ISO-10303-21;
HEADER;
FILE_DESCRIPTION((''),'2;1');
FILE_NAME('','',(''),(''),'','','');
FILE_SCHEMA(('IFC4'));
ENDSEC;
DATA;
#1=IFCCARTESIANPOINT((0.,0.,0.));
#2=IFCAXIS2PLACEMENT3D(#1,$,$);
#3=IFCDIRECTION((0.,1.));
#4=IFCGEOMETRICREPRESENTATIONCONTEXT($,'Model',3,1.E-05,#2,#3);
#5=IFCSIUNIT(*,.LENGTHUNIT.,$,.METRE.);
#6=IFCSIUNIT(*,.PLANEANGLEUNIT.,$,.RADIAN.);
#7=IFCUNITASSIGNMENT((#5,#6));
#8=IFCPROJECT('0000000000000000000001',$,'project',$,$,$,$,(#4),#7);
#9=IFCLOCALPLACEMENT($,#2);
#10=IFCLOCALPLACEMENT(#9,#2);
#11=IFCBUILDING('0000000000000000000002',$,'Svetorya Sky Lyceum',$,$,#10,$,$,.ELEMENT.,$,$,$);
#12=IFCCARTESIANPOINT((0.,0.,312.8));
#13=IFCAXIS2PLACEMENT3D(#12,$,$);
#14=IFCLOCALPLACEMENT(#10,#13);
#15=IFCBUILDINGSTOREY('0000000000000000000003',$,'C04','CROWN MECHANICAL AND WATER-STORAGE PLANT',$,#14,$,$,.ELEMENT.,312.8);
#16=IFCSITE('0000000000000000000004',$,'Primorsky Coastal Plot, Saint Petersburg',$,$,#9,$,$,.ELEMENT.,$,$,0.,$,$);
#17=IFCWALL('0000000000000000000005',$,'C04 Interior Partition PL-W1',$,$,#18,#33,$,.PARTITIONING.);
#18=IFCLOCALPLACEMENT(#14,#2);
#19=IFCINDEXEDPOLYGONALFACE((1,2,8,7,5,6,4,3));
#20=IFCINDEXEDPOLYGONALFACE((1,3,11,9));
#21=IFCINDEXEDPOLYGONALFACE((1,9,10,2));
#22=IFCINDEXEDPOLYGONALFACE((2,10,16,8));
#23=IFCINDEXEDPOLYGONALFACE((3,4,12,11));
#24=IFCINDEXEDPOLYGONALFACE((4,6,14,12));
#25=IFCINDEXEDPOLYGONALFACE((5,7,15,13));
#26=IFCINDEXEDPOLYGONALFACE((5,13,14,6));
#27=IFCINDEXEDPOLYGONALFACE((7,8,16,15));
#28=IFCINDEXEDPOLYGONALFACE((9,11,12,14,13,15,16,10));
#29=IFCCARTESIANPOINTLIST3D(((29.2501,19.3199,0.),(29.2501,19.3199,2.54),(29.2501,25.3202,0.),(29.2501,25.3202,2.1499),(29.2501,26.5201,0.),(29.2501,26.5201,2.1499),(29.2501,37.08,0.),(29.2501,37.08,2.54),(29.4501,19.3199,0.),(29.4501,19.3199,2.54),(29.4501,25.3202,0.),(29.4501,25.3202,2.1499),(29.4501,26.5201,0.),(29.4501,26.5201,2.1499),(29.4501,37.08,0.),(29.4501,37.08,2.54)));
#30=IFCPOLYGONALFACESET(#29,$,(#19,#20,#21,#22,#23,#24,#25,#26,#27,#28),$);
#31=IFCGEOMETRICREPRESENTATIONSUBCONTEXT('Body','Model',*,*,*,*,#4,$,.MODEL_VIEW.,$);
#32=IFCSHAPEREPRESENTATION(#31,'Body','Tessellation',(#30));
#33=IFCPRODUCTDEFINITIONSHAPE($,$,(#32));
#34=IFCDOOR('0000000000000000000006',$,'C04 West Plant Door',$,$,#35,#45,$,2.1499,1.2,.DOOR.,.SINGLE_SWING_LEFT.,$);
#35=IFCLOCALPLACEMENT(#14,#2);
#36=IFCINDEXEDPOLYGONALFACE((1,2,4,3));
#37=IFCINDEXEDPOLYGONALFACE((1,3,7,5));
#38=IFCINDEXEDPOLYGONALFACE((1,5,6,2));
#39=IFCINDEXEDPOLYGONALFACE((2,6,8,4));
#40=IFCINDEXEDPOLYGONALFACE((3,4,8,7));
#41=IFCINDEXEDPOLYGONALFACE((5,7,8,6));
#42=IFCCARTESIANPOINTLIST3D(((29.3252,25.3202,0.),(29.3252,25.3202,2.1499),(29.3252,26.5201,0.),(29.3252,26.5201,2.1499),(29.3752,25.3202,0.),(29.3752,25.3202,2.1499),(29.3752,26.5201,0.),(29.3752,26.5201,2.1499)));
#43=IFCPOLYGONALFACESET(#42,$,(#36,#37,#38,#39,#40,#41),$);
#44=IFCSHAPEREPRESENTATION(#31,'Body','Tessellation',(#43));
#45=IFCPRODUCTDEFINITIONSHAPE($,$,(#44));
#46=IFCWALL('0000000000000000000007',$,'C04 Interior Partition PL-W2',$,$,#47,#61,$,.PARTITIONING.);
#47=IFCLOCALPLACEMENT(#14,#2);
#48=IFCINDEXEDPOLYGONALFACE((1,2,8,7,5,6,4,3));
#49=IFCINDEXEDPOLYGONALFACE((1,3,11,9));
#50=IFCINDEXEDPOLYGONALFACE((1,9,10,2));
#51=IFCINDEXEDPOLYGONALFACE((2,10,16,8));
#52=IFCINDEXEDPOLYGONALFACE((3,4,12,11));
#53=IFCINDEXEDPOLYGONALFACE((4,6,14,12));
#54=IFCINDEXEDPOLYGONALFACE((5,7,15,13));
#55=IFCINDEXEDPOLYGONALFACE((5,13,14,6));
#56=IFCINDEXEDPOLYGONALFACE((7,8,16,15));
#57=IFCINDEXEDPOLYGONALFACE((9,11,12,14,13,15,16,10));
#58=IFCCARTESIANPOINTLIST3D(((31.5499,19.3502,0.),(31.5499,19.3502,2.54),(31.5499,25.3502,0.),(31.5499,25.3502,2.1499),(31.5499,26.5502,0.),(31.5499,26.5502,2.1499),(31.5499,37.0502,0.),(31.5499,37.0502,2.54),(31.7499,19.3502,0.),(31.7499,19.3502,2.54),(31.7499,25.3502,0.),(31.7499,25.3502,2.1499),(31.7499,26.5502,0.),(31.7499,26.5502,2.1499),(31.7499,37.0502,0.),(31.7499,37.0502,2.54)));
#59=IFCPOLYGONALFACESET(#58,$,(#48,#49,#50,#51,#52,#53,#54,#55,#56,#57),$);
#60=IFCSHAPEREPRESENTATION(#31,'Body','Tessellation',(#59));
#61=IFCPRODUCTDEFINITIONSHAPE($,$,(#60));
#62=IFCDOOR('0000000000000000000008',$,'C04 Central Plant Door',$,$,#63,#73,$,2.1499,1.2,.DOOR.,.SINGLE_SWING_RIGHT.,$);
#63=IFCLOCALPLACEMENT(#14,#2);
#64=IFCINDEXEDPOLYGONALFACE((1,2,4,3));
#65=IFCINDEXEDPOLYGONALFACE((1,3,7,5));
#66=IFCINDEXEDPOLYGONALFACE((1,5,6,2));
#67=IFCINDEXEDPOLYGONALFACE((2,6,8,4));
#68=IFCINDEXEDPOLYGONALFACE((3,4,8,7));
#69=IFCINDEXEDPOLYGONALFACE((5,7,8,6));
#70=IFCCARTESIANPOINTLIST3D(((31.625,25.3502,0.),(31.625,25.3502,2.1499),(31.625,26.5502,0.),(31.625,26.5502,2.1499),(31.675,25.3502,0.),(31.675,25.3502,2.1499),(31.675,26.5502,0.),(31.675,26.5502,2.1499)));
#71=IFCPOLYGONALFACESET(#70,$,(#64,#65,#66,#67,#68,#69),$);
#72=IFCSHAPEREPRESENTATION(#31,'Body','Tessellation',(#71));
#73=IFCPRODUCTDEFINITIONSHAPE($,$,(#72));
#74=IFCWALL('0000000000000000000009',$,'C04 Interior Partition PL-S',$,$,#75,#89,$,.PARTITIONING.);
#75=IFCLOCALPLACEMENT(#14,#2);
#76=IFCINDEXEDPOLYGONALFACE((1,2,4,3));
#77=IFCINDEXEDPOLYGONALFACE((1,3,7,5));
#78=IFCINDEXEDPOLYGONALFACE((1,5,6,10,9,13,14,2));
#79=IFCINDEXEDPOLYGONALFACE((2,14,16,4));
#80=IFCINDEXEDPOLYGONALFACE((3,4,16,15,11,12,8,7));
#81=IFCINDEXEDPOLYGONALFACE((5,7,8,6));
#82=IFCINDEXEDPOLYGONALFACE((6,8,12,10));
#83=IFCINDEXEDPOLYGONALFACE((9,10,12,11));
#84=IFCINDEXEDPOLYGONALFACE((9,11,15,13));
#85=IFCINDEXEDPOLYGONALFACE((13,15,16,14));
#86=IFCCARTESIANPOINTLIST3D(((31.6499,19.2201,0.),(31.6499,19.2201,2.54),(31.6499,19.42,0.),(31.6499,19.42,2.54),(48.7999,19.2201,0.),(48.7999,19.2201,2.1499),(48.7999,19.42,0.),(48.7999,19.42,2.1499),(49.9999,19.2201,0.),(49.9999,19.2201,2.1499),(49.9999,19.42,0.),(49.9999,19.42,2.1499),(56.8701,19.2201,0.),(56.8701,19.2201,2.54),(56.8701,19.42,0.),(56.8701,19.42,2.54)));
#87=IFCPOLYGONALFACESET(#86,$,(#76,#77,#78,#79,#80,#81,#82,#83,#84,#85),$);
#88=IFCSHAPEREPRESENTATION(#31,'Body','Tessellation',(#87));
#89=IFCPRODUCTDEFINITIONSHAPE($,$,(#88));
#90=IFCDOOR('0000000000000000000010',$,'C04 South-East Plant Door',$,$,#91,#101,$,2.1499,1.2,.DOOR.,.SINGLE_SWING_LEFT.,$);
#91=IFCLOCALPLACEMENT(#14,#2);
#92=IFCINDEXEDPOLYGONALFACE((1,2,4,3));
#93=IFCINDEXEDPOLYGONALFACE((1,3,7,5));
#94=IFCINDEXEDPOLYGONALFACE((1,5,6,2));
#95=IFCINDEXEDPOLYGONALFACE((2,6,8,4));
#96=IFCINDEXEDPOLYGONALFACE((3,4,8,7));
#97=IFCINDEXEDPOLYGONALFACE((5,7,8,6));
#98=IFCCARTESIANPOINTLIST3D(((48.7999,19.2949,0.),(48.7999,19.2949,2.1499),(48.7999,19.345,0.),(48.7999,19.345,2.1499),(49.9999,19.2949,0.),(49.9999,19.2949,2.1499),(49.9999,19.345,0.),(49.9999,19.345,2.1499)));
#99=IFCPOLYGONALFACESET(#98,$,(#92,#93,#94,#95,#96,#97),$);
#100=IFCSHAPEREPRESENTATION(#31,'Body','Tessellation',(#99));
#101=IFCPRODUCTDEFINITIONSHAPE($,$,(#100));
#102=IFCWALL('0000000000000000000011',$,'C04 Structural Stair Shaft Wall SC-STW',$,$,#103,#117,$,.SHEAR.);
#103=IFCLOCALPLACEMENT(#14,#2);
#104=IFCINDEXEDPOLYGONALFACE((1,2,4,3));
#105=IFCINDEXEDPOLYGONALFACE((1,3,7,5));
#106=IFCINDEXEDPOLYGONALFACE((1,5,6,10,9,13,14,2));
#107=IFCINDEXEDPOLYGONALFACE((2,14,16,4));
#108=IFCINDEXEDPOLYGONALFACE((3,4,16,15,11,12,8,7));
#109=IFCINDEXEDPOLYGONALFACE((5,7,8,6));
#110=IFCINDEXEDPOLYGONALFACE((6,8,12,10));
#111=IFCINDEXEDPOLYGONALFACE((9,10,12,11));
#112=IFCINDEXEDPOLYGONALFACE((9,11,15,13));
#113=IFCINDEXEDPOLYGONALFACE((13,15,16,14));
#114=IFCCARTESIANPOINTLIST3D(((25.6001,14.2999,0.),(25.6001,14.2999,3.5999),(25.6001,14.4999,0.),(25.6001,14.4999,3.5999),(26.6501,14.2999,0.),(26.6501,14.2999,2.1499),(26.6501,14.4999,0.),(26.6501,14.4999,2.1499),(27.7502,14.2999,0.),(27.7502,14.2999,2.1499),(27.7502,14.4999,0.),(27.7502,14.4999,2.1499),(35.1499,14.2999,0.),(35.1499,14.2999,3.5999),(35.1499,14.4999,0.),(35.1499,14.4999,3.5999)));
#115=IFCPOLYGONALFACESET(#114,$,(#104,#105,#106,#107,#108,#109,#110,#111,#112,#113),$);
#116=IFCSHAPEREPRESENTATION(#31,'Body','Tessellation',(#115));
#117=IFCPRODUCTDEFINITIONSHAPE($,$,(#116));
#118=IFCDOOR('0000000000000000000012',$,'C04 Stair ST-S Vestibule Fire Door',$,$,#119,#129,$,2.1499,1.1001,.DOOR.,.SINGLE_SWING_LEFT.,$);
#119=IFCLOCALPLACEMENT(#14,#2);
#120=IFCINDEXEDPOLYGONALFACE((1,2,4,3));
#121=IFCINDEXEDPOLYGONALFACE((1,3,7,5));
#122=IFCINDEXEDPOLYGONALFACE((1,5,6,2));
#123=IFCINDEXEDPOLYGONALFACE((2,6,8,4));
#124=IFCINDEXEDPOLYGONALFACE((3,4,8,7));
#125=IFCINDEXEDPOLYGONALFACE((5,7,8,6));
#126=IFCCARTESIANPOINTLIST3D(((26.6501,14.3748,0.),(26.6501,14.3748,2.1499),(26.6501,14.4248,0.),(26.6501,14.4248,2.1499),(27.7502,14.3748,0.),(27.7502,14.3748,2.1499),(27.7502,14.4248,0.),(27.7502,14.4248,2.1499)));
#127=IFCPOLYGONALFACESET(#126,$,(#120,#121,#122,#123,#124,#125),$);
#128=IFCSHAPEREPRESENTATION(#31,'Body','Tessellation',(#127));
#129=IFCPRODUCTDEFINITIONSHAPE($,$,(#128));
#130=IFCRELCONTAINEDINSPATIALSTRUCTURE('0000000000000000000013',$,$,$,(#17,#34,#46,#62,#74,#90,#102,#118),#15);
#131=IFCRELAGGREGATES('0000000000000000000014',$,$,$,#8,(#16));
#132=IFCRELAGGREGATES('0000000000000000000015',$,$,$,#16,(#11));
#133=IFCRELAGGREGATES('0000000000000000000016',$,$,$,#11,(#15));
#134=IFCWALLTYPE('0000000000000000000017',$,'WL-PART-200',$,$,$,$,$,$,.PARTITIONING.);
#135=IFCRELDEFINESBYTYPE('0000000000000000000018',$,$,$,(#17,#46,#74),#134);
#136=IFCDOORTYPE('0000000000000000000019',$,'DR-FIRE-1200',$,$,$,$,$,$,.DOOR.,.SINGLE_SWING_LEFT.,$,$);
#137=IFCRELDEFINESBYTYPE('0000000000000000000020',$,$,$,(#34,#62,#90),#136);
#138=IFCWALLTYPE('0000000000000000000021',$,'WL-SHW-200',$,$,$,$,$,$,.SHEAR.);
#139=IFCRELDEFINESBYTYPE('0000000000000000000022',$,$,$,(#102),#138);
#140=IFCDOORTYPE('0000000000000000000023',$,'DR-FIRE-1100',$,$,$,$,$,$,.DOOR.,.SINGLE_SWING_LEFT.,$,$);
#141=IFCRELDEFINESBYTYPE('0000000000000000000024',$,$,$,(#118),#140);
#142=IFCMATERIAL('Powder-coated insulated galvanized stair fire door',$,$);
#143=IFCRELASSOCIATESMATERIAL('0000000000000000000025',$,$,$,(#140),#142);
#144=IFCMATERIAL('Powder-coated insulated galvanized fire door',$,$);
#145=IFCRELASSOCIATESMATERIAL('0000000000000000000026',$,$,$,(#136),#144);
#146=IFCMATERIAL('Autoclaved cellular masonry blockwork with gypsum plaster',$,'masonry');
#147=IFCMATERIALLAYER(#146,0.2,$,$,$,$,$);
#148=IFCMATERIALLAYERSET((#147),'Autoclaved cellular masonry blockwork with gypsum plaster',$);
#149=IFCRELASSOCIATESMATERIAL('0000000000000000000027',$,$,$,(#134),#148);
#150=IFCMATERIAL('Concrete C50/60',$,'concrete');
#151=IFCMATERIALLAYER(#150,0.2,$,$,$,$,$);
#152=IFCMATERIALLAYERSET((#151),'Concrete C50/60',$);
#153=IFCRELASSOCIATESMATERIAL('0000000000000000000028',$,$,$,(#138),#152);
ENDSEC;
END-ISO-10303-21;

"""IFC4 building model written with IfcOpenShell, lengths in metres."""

from ifc_helpers import new_model, si_unit, direction, frame, frame_2d, origin, place, context, subcontext, project, spatial, rectangle, extrude, material, layer, layer_set, type_object, element, fill, save


model = new_model("IFC4")

# Units and contexts
model_context = context("Model", 3, precision=1e-05, world=origin(), true_north=direction((0.0, 1.0)))
body_context = subcontext(model_context, "Body", "Model", "MODEL_VIEW")
ifc_project = project(units=[si_unit("LENGTHUNIT", "METRE"), si_unit("PLANEANGLEUNIT", "RADIAN")], contexts=[model_context])

# Site, building, storey
site_placement = place(None, origin())
site = spatial("IfcSite", under=ifc_project, at=site_placement, Name="Primorsky Coastal Plot, Saint Petersburg", CompositionType="ELEMENT", RefElevation=0.0)
building_placement = place(site_placement, origin())
building = spatial("IfcBuilding", under=site, at=building_placement, Name="Svetorya Sky Lyceum", CompositionType="ELEMENT")
storey_placement = place(building_placement, frame((0.0, 0.0, 312.8)))
storey = spatial("IfcBuildingStorey", under=building, at=storey_placement, Name="C04", Description="CROWN MECHANICAL AND WATER-STORAGE PLANT", CompositionType="ELEMENT", Elevation=312.8)

# Shared definitions
ifc_material_1 = material(Name="Powder-coated insulated galvanized stair fire door")
door_type_1 = type_object("IfcDoorType", Name="DR-FIRE-1100", OperationType="SINGLE_SWING_LEFT", PredefinedType="DOOR", material=ifc_material_1)
ifc_material_2 = material(Name="Powder-coated insulated galvanized fire door")
door_type_2 = type_object("IfcDoorType", Name="DR-FIRE-1200", OperationType="SINGLE_SWING_LEFT", PredefinedType="DOOR", material=ifc_material_2)

# Walls, openings, doors
ifc_material_3 = material(Name="Autoclaved cellular masonry blockwork with gypsum plaster", Category="masonry")
ifc_layer_1 = layer(ifc_material_3, 0.2)
ifc_layer_set_1 = layer_set([ifc_layer_1], Name="Autoclaved cellular masonry blockwork with gypsum plaster")
wall_type_1 = type_object("IfcWallType", Name="WL-PART-200", PredefinedType="PARTITIONING", material=ifc_layer_set_1)
wall_1_placement = place(storey_placement, frame((29.3501, 19.3201, 0.0), z_axis=(0.0, 0.0, 1.0), x_axis=(0.0, 1.0, 0.0)))
wall_1 = element("IfcWall", 1, at=wall_1_placement, inside=storey, type_object=wall_type_1, Name="C04 Interior Partition PL-W1", PredefinedType="PARTITIONING", context=body_context, shape_type="SweptSolid", body=[
    extrude(rectangle(XDim=17.76, YDim=0.2, at=frame_2d((8.8799, 0.0))), origin(), (0.0, 0.0, 1.0), 2.54),
])
opening_1_placement = place(wall_1_placement, frame((6.0, 0.0, 0.0)))
opening_1 = element("IfcOpeningElement", 2, at=opening_1_placement, cuts=wall_1, PredefinedType="OPENING", context=body_context, shape_type="SweptSolid", body=[
    extrude(rectangle(XDim=1.2, YDim=2.1499, at=frame_2d((0.6001, 1.075))), frame((0.0, 0.1099, 0.0), z_axis=(0.0, -1.0, 0.0), x_axis=(1.0, 0.0, 0.0)), (0.0, 0.0, 1.0), 0.22),
])
door_1_placement = place(opening_1_placement, origin())
door_1 = element("IfcDoor", 3, at=door_1_placement, inside=storey, type_object=door_type_2, Name="C04 West Plant Door", OperationType="SINGLE_SWING_LEFT", OverallHeight=2.1499, OverallWidth=1.2, PredefinedType="DOOR", context=body_context, shape_type="SweptSolid", body=[
    extrude(rectangle(XDim=1.2, YDim=2.1499, at=frame_2d((0.6001, 1.075))), frame((0.0, 0.0249, 0.0), z_axis=(0.0, -1.0, 0.0), x_axis=(1.0, 0.0, 0.0)), (0.0, 0.0, 1.0), 0.05),
])
fill(opening_1, door_1)
wall_2_placement = place(storey_placement, frame((31.6499, 19.3501, 0.0), z_axis=(0.0, 0.0, 1.0), x_axis=(0.0, 1.0, 0.0)))
wall_2 = element("IfcWall", 4, at=wall_2_placement, inside=storey, type_object=wall_type_1, Name="C04 Interior Partition PL-W2", PredefinedType="PARTITIONING", context=body_context, shape_type="SweptSolid", body=[
    extrude(rectangle(XDim=17.7, YDim=0.2, at=frame_2d((8.8501, 0.0))), origin(), (0.0, 0.0, 1.0), 2.54),
])
opening_2_placement = place(wall_2_placement, frame((6.0, 0.0, 0.0)))
opening_2 = element("IfcOpeningElement", 5, at=opening_2_placement, cuts=wall_2, PredefinedType="OPENING", context=body_context, shape_type="SweptSolid", body=[
    extrude(rectangle(XDim=1.2, YDim=2.1499, at=frame_2d((0.6001, 1.075))), frame((0.0, 0.1099, 0.0), z_axis=(0.0, -1.0, 0.0), x_axis=(1.0, 0.0, 0.0)), (0.0, 0.0, 1.0), 0.22),
])
door_2_placement = place(opening_2_placement, origin())
door_2 = element("IfcDoor", 6, at=door_2_placement, inside=storey, type_object=door_type_2, Name="C04 Central Plant Door", OperationType="SINGLE_SWING_RIGHT", OverallHeight=2.1499, OverallWidth=1.2, PredefinedType="DOOR", context=body_context, shape_type="SweptSolid", body=[
    extrude(rectangle(XDim=1.2, YDim=2.1499, at=frame_2d((0.6001, 1.075))), frame((0.0, 0.0249, 0.0), z_axis=(0.0, -1.0, 0.0), x_axis=(1.0, 0.0, 0.0)), (0.0, 0.0, 1.0), 0.05),
])
fill(opening_2, door_2)
wall_3_placement = place(storey_placement, frame((31.6499, 19.3201, 0.0), z_axis=(0.0, 0.0, 1.0), x_axis=(1.0, 0.0, 0.0)))
wall_3 = element("IfcWall", 7, at=wall_3_placement, inside=storey, type_object=wall_type_1, Name="C04 Interior Partition PL-S", PredefinedType="PARTITIONING", context=body_context, shape_type="SweptSolid", body=[
    extrude(rectangle(XDim=25.2202, YDim=0.2, at=frame_2d((12.6101, 0.0))), origin(), (0.0, 0.0, 1.0), 2.54),
])
opening_3_placement = place(wall_3_placement, frame((17.1499, 0.0, 0.0)))
opening_3 = element("IfcOpeningElement", 8, at=opening_3_placement, cuts=wall_3, PredefinedType="OPENING", context=body_context, shape_type="SweptSolid", body=[
    extrude(rectangle(XDim=1.2, YDim=2.1499, at=frame_2d((0.6001, 1.075))), frame((0.0, 0.1099, 0.0), z_axis=(0.0, -1.0, 0.0), x_axis=(1.0, 0.0, 0.0)), (0.0, 0.0, 1.0), 0.22),
])
door_3_placement = place(opening_3_placement, origin())
door_3 = element("IfcDoor", 9, at=door_3_placement, inside=storey, type_object=door_type_2, Name="C04 South-East Plant Door", OperationType="SINGLE_SWING_LEFT", OverallHeight=2.1499, OverallWidth=1.2, PredefinedType="DOOR", context=body_context, shape_type="SweptSolid", body=[
    extrude(rectangle(XDim=1.2, YDim=2.1499, at=frame_2d((0.6001, 1.075))), frame((0.0, 0.0249, 0.0), z_axis=(0.0, -1.0, 0.0), x_axis=(1.0, 0.0, 0.0)), (0.0, 0.0, 1.0), 0.05),
])
fill(opening_3, door_3)
ifc_material_4 = material(Name="Concrete C50/60", Category="concrete")
ifc_layer_2 = layer(ifc_material_4, 0.2)
ifc_layer_set_2 = layer_set([ifc_layer_2], Name="Concrete C50/60")
wall_type_2 = type_object("IfcWallType", Name="WL-SHW-200", PredefinedType="SHEAR", material=ifc_layer_set_2)
wall_4_placement = place(storey_placement, frame((25.6001, 14.3999, 0.0), z_axis=(0.0, 0.0, 1.0), x_axis=(1.0, 0.0, 0.0)))
wall_4 = element("IfcWall", 10, at=wall_4_placement, inside=storey, type_object=wall_type_2, Name="C04 Structural Stair Shaft Wall SC-STW", PredefinedType="SHEAR", context=body_context, shape_type="SweptSolid", body=[
    extrude(rectangle(XDim=9.5498, YDim=0.2, at=frame_2d((4.7749, 0.0))), origin(), (0.0, 0.0, 1.0), 3.5999),
])
opening_4_placement = place(wall_4_placement, frame((1.05, 0.0, 0.0)))
opening_4 = element("IfcOpeningElement", 11, at=opening_4_placement, cuts=wall_4, PredefinedType="OPENING", context=body_context, shape_type="SweptSolid", body=[
    extrude(rectangle(XDim=1.1001, YDim=2.1499, at=frame_2d((0.55, 1.075))), frame((0.0, 0.1099, 0.0), z_axis=(0.0, -1.0, 0.0), x_axis=(1.0, 0.0, 0.0)), (0.0, 0.0, 1.0), 0.22),
])
door_4_placement = place(opening_4_placement, origin())
door_4 = element("IfcDoor", 12, at=door_4_placement, inside=storey, type_object=door_type_1, Name="C04 Stair ST-S Vestibule Fire Door", OperationType="SINGLE_SWING_LEFT", OverallHeight=2.1499, OverallWidth=1.1001, PredefinedType="DOOR", context=body_context, shape_type="SweptSolid", body=[
    extrude(rectangle(XDim=1.1001, YDim=2.1499, at=frame_2d((0.55, 1.075))), frame((0.0, 0.0249, 0.0), z_axis=(0.0, -1.0, 0.0), x_axis=(1.0, 0.0, 0.0)), (0.0, 0.0, 1.0), 0.05),
])
fill(opening_4, door_4)

save(model, "model.ifc")
